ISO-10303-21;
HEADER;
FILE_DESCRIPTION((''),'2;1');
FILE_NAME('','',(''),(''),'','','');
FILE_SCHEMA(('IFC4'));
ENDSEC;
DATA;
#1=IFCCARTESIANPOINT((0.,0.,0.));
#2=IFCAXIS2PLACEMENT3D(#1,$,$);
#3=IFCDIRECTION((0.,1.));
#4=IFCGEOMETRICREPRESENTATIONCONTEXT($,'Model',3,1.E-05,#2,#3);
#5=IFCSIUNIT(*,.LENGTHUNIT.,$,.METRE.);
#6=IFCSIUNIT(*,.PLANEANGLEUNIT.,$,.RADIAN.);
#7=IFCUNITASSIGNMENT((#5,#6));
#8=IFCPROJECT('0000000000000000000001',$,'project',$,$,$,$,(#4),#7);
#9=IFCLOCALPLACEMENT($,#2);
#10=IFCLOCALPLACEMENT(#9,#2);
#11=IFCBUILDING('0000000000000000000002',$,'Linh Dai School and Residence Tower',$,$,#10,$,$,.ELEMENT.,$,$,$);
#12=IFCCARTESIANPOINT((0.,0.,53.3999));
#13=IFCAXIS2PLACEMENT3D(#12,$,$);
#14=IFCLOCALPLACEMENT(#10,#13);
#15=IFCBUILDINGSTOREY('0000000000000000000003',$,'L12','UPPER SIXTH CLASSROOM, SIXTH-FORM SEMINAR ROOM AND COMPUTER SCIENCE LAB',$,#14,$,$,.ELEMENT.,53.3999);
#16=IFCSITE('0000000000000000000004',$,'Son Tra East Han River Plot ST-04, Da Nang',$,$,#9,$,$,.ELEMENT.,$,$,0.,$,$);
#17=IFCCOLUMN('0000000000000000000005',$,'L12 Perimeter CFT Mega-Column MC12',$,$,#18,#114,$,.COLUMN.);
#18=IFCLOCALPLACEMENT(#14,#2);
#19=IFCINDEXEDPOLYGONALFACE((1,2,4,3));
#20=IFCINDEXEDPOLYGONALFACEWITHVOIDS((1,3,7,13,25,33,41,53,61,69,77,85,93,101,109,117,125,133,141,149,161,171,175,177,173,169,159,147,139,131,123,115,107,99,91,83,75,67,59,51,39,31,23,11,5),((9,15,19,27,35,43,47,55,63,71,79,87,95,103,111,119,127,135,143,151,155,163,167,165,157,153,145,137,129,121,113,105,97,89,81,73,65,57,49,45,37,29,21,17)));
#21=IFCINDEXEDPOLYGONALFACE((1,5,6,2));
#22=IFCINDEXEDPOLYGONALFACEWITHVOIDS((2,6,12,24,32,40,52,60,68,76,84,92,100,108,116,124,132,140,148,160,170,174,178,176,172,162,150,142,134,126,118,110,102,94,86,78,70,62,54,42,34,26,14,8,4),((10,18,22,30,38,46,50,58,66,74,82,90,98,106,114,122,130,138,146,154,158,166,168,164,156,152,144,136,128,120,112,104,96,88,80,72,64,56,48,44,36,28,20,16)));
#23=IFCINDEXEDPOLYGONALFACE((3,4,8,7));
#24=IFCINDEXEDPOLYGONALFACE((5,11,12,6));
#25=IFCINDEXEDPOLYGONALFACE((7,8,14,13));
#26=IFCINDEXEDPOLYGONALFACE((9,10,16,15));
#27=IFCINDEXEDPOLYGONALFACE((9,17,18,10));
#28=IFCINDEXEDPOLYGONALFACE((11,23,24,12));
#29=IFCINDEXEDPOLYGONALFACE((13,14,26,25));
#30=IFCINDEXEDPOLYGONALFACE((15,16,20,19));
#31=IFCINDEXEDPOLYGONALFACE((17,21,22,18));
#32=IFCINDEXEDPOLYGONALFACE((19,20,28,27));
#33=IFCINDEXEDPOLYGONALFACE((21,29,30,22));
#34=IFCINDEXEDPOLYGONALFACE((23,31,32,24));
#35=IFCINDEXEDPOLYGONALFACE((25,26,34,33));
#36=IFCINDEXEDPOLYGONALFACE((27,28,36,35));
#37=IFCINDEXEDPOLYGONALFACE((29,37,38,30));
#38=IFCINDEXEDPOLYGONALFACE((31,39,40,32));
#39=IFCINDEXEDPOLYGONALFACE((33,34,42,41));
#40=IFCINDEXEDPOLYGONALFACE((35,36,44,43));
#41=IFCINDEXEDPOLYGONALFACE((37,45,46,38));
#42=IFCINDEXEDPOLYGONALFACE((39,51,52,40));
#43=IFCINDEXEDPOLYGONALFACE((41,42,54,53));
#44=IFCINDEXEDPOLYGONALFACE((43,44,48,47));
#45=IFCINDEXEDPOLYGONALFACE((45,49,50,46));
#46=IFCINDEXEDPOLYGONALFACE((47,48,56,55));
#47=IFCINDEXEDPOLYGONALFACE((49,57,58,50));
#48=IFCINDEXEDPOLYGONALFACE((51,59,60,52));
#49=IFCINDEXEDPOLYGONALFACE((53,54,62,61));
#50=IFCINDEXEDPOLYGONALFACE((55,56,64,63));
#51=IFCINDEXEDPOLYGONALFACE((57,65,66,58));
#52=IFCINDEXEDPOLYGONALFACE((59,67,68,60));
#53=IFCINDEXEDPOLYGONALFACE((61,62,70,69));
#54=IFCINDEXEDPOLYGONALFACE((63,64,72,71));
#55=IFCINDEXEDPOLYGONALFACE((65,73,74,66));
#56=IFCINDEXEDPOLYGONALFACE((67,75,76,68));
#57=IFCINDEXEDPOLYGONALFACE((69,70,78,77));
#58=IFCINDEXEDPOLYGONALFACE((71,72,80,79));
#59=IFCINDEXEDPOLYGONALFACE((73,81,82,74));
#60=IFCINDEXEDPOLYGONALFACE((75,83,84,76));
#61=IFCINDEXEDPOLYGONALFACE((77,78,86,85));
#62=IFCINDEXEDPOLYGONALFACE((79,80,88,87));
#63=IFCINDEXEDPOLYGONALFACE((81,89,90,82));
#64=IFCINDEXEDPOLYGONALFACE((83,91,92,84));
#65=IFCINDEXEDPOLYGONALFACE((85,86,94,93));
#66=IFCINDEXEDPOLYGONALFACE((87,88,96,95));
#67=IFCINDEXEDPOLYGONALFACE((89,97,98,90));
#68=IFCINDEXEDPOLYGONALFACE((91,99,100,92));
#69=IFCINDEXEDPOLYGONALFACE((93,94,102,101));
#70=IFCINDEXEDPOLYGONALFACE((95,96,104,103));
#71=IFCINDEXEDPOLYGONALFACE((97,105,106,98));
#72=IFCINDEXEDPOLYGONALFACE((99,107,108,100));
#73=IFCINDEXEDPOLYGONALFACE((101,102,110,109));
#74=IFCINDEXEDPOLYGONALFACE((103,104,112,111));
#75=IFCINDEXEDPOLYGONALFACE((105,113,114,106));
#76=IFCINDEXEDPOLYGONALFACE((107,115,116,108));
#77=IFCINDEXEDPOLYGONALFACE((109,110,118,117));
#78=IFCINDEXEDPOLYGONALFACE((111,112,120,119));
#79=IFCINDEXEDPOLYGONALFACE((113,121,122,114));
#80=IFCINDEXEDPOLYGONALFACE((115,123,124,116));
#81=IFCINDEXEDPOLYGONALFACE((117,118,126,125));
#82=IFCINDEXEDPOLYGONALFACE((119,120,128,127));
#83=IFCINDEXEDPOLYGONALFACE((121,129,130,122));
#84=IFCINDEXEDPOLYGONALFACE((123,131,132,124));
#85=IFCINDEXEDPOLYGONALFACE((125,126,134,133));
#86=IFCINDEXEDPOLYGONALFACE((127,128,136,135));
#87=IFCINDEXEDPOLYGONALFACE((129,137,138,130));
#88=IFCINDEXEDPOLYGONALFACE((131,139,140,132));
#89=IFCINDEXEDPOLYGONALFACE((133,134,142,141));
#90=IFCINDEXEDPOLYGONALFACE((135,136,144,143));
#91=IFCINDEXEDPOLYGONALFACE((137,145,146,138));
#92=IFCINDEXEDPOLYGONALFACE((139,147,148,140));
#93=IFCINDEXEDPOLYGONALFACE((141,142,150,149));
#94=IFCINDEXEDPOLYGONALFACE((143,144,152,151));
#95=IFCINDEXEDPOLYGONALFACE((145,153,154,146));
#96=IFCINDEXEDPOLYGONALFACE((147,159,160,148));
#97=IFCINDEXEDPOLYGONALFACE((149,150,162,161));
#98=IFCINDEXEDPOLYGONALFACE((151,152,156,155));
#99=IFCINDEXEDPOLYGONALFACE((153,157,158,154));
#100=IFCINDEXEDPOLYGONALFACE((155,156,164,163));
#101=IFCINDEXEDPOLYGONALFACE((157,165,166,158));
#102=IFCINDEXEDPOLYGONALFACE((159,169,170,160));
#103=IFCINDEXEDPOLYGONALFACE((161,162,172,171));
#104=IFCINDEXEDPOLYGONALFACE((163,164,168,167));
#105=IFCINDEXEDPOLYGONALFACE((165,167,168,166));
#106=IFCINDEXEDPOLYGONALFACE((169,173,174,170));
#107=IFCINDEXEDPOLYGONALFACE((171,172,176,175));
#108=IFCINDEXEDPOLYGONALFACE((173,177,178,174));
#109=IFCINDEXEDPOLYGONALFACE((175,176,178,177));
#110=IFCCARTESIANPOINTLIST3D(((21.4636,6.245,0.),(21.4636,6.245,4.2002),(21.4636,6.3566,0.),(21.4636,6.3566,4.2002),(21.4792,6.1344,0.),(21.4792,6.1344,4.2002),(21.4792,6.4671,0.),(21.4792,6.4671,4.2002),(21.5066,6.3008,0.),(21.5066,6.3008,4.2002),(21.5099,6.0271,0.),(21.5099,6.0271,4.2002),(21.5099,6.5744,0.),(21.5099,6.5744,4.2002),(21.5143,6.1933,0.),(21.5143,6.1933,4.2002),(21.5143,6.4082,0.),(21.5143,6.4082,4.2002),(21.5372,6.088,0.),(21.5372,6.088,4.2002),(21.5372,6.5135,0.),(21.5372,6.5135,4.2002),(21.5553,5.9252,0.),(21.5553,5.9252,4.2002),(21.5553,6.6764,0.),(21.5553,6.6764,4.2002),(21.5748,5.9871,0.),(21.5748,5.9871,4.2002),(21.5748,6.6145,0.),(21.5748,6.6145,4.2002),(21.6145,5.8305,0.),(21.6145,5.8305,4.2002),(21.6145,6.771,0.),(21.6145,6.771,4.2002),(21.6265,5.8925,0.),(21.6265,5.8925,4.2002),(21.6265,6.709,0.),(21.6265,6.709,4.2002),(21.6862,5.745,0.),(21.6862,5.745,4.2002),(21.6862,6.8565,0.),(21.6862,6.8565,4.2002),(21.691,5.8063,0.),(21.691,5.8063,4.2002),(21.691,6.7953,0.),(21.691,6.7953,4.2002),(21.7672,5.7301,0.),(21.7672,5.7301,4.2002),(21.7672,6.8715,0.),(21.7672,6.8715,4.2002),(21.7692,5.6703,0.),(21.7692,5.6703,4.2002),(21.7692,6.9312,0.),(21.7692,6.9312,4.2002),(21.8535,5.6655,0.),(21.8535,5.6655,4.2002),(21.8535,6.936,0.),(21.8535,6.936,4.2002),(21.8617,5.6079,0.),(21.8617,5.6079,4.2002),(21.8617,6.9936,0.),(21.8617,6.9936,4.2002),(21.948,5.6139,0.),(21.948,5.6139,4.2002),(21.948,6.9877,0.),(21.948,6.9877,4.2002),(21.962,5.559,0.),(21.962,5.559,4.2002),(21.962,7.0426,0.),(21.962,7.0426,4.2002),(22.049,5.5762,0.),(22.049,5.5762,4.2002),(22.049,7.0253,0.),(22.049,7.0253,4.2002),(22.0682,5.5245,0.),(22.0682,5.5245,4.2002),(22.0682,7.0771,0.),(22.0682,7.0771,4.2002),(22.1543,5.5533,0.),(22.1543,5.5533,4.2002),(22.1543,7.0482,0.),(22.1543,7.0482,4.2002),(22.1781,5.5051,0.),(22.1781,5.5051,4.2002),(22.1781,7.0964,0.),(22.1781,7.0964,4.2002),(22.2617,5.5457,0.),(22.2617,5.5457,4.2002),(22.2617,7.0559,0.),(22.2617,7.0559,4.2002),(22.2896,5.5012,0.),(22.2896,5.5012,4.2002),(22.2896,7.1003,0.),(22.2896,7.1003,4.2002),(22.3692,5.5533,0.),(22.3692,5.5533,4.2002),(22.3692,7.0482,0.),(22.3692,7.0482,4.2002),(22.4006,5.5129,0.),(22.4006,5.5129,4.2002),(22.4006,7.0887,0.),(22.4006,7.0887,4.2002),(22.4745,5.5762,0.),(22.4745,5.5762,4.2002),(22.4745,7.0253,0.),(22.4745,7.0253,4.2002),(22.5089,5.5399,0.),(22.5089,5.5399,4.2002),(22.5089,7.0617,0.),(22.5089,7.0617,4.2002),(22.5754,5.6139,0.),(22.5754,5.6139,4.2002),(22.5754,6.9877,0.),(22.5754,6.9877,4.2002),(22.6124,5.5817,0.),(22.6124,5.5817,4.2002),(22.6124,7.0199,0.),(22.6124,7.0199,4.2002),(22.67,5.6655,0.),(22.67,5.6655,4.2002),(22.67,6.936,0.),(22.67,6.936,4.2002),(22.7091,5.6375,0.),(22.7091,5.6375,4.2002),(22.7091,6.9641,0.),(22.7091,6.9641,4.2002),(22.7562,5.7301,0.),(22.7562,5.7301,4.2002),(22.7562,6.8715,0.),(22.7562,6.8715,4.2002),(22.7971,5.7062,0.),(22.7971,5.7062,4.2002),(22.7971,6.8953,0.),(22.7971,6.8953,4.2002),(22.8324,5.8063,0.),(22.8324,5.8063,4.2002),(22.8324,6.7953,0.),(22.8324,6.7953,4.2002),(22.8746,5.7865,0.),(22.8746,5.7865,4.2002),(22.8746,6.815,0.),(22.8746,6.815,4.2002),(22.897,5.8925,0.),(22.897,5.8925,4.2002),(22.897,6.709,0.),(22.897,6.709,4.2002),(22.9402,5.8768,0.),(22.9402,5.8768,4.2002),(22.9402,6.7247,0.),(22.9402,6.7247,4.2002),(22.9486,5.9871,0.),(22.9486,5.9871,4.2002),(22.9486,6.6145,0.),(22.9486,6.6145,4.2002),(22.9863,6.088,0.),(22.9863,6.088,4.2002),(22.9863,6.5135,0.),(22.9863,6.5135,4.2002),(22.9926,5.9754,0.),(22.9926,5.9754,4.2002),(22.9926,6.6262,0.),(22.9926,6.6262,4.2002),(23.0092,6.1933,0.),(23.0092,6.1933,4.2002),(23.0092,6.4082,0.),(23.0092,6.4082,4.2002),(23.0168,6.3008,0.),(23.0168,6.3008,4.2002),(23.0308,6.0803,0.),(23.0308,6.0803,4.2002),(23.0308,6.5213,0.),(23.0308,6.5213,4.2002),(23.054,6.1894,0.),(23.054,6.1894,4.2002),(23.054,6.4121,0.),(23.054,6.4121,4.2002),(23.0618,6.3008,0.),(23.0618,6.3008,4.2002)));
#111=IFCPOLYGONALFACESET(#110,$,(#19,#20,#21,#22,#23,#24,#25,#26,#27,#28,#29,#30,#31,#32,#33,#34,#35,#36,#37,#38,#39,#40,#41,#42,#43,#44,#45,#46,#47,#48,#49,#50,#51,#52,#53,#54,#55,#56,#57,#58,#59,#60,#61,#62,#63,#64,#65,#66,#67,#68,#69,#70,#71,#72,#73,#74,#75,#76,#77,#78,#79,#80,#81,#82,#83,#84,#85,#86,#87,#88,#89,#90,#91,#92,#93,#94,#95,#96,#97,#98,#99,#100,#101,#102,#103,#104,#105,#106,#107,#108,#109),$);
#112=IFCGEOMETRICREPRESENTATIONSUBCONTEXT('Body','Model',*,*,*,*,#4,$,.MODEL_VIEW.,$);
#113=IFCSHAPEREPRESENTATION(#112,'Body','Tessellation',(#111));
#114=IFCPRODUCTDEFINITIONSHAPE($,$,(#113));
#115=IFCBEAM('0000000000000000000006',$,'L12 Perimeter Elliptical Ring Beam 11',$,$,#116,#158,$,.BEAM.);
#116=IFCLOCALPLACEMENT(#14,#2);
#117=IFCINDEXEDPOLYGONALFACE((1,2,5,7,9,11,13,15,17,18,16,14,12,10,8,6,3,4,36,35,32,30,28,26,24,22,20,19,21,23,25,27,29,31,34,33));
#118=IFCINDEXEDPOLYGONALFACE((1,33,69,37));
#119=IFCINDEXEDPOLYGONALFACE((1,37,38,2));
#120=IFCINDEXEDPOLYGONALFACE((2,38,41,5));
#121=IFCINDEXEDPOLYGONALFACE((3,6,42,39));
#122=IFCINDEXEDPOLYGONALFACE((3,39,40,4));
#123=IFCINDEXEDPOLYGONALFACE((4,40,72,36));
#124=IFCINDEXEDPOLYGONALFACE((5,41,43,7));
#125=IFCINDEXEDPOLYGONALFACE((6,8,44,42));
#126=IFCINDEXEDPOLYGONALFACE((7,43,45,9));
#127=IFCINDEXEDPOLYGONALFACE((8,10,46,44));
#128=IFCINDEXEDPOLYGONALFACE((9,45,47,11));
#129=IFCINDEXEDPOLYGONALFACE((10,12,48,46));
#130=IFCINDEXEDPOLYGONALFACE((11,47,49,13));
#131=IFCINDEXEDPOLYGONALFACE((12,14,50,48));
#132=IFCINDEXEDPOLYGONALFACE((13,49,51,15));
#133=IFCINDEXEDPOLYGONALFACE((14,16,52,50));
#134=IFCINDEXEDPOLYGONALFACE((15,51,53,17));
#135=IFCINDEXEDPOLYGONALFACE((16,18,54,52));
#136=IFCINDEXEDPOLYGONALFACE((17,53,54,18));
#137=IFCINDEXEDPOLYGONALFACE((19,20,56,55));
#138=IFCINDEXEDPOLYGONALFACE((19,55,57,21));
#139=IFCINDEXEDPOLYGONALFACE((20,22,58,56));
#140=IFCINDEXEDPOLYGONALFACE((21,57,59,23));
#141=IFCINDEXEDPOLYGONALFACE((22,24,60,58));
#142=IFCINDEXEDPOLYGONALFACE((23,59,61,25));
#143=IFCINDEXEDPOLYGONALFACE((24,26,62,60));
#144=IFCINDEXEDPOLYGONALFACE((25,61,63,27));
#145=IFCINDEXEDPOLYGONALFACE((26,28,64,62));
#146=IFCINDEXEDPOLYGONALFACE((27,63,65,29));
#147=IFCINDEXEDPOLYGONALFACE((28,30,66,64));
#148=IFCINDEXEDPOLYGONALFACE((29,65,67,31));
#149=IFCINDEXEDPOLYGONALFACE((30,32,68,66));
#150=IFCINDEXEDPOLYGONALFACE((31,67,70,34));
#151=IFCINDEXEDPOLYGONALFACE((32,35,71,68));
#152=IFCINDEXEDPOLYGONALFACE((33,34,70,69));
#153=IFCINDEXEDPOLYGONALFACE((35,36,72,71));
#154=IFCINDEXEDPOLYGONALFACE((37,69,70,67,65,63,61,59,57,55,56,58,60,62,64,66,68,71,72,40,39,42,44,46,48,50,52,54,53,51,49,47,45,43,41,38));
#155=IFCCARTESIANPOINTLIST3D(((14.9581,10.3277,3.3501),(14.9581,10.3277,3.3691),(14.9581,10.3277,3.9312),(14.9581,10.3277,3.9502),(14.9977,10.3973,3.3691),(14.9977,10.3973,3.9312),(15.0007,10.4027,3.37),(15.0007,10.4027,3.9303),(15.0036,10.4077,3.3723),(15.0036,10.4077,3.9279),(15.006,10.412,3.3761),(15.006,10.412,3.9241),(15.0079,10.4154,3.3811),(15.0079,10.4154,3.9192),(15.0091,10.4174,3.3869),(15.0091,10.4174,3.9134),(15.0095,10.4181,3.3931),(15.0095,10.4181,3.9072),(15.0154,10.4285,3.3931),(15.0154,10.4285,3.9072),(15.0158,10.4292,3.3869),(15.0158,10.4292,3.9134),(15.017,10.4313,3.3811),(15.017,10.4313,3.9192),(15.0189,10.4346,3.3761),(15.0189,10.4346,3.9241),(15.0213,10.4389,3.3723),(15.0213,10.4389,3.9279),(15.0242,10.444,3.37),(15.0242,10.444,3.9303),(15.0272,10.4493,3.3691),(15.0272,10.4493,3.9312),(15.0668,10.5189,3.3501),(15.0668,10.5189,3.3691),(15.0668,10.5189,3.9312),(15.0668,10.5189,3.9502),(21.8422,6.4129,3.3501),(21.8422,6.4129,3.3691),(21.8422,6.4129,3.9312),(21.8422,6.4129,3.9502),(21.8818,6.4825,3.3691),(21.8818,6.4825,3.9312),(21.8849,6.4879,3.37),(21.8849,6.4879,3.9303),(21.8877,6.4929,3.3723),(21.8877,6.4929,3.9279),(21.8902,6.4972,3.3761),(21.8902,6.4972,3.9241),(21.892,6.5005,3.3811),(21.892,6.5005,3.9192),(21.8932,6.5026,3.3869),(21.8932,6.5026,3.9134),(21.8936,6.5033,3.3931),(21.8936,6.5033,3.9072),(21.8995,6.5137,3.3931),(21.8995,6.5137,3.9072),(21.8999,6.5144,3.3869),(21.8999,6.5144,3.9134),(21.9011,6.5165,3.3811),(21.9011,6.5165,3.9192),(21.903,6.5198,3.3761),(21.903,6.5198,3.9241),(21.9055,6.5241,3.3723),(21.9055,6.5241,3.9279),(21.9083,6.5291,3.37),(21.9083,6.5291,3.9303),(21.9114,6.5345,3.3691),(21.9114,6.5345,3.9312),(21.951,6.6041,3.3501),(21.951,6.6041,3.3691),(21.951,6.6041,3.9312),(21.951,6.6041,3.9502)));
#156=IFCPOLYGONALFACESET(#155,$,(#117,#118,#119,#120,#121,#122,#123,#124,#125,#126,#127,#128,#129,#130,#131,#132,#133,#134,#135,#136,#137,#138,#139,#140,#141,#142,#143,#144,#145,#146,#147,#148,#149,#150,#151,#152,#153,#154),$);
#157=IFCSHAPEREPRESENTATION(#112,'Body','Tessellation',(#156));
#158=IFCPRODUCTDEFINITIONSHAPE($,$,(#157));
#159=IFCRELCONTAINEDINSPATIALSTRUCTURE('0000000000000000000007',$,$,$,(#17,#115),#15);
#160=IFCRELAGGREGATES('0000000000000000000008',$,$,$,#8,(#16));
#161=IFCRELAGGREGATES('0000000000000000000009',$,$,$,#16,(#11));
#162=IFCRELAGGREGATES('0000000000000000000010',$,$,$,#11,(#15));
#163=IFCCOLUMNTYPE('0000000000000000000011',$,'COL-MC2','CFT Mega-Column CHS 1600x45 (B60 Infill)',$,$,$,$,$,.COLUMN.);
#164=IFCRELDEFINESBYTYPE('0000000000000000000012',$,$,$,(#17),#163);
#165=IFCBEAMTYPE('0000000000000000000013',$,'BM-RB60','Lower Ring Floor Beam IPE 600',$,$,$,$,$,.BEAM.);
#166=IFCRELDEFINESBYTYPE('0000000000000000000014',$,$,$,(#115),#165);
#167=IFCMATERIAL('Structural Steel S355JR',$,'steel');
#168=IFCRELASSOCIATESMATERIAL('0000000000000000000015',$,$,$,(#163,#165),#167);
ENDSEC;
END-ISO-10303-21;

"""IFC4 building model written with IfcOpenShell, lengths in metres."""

from ifc_helpers import new_model, si_unit, direction, frame, origin, origin_2d, place, context, subcontext, project, spatial, hollow_circle, i_section, extrude, material, material_profile, profile_set, type_object, element, save


model = new_model("IFC4")

# Units and contexts
model_context = context("Model", 3, precision=1e-05, world=origin(), true_north=direction((0.0, 1.0)))
body_context = subcontext(model_context, "Body", "Model", "MODEL_VIEW")
ifc_project = project(units=[si_unit("LENGTHUNIT", "METRE"), si_unit("PLANEANGLEUNIT", "RADIAN")], contexts=[model_context])

# Site, building, storey
site_placement = place(None, origin())
site = spatial("IfcSite", under=ifc_project, at=site_placement, Name="Son Tra East Han River Plot ST-04, Da Nang", CompositionType="ELEMENT", RefElevation=0.0)
building_placement = place(site_placement, origin())
building = spatial("IfcBuilding", under=site, at=building_placement, Name="Linh Dai School and Residence Tower", CompositionType="ELEMENT")
storey_placement = place(building_placement, frame((0.0, 0.0, 53.3999)))
storey = spatial("IfcBuildingStorey", under=building, at=storey_placement, Name="L12", Description="UPPER SIXTH CLASSROOM, SIXTH-FORM SEMINAR ROOM AND COMPUTER SCIENCE LAB", CompositionType="ELEMENT", Elevation=53.3999)

# Column
ifc_material_1 = material(Name="Structural Steel S355JR", Category="steel")
ifc_material_profile_1 = material_profile(ifc_material_1, hollow_circle(Radius=0.8, WallThickness=0.0449, at=origin_2d()), Name="CHS 1600x45")
ifc_profile_set_1 = profile_set([ifc_material_profile_1], Name="Structural Steel S355JR")
column_type = type_object("IfcColumnType", Name="COL-MC2", Description="CFT Mega-Column CHS 1600x45 (B60 Infill)", PredefinedType="COLUMN", material=ifc_profile_set_1)
for number, where, z_axis, x_axis, name in (
    (1, (22.2617, 6.3008, 0.0), (0.0, 0.0, 1.0), (1.0, 0.0, 0.0), "L12 Perimeter CFT Mega-Column MC12"),
):
    element("IfcColumn", number, at=place(storey_placement, frame(where, z_axis=z_axis, x_axis=x_axis)), inside=storey, type_object=column_type, Name=name, PredefinedType="COLUMN", context=body_context, shape_type="SweptSolid", body=[
        extrude(hollow_circle(Radius=0.8, WallThickness=0.0449, at=origin_2d()), origin(), (0.0, 0.0, 1.0), 4.2002),
    ])

# Beam
ifc_material_profile_2 = material_profile(ifc_material_1, i_section(OverallWidth=0.22, OverallDepth=0.6001, WebThickness=0.012, FlangeThickness=0.019, FilletRadius=0.0239, at=origin_2d()), Name="IPE 600")
ifc_profile_set_2 = profile_set([ifc_material_profile_2], Name="Structural Steel S355JR")
beam_type = type_object("IfcBeamType", Name="BM-RB60", Description="Lower Ring Floor Beam IPE 600", PredefinedType="BEAM", material=ifc_profile_set_2)
beam_1_placement = place(storey_placement, frame((15.0125, 10.4233, 3.6501), z_axis=(0.869271, -0.494335, 0.0), x_axis=(0.494335, 0.869271, 0.0)))
element("IfcBeam", 2, at=beam_1_placement, inside=storey, type_object=beam_type, Name="L12 Perimeter Elliptical Ring Beam 11", PredefinedType="BEAM", context=body_context, shape_type="SweptSolid", body=[
    extrude(i_section(OverallWidth=0.22, OverallDepth=0.6001, WebThickness=0.012, FlangeThickness=0.019, FilletRadius=0.0239, at=origin_2d()), origin(), (0.0, 0.0, 1.0), 7.9194),
])

save(model, "model.ifc")
